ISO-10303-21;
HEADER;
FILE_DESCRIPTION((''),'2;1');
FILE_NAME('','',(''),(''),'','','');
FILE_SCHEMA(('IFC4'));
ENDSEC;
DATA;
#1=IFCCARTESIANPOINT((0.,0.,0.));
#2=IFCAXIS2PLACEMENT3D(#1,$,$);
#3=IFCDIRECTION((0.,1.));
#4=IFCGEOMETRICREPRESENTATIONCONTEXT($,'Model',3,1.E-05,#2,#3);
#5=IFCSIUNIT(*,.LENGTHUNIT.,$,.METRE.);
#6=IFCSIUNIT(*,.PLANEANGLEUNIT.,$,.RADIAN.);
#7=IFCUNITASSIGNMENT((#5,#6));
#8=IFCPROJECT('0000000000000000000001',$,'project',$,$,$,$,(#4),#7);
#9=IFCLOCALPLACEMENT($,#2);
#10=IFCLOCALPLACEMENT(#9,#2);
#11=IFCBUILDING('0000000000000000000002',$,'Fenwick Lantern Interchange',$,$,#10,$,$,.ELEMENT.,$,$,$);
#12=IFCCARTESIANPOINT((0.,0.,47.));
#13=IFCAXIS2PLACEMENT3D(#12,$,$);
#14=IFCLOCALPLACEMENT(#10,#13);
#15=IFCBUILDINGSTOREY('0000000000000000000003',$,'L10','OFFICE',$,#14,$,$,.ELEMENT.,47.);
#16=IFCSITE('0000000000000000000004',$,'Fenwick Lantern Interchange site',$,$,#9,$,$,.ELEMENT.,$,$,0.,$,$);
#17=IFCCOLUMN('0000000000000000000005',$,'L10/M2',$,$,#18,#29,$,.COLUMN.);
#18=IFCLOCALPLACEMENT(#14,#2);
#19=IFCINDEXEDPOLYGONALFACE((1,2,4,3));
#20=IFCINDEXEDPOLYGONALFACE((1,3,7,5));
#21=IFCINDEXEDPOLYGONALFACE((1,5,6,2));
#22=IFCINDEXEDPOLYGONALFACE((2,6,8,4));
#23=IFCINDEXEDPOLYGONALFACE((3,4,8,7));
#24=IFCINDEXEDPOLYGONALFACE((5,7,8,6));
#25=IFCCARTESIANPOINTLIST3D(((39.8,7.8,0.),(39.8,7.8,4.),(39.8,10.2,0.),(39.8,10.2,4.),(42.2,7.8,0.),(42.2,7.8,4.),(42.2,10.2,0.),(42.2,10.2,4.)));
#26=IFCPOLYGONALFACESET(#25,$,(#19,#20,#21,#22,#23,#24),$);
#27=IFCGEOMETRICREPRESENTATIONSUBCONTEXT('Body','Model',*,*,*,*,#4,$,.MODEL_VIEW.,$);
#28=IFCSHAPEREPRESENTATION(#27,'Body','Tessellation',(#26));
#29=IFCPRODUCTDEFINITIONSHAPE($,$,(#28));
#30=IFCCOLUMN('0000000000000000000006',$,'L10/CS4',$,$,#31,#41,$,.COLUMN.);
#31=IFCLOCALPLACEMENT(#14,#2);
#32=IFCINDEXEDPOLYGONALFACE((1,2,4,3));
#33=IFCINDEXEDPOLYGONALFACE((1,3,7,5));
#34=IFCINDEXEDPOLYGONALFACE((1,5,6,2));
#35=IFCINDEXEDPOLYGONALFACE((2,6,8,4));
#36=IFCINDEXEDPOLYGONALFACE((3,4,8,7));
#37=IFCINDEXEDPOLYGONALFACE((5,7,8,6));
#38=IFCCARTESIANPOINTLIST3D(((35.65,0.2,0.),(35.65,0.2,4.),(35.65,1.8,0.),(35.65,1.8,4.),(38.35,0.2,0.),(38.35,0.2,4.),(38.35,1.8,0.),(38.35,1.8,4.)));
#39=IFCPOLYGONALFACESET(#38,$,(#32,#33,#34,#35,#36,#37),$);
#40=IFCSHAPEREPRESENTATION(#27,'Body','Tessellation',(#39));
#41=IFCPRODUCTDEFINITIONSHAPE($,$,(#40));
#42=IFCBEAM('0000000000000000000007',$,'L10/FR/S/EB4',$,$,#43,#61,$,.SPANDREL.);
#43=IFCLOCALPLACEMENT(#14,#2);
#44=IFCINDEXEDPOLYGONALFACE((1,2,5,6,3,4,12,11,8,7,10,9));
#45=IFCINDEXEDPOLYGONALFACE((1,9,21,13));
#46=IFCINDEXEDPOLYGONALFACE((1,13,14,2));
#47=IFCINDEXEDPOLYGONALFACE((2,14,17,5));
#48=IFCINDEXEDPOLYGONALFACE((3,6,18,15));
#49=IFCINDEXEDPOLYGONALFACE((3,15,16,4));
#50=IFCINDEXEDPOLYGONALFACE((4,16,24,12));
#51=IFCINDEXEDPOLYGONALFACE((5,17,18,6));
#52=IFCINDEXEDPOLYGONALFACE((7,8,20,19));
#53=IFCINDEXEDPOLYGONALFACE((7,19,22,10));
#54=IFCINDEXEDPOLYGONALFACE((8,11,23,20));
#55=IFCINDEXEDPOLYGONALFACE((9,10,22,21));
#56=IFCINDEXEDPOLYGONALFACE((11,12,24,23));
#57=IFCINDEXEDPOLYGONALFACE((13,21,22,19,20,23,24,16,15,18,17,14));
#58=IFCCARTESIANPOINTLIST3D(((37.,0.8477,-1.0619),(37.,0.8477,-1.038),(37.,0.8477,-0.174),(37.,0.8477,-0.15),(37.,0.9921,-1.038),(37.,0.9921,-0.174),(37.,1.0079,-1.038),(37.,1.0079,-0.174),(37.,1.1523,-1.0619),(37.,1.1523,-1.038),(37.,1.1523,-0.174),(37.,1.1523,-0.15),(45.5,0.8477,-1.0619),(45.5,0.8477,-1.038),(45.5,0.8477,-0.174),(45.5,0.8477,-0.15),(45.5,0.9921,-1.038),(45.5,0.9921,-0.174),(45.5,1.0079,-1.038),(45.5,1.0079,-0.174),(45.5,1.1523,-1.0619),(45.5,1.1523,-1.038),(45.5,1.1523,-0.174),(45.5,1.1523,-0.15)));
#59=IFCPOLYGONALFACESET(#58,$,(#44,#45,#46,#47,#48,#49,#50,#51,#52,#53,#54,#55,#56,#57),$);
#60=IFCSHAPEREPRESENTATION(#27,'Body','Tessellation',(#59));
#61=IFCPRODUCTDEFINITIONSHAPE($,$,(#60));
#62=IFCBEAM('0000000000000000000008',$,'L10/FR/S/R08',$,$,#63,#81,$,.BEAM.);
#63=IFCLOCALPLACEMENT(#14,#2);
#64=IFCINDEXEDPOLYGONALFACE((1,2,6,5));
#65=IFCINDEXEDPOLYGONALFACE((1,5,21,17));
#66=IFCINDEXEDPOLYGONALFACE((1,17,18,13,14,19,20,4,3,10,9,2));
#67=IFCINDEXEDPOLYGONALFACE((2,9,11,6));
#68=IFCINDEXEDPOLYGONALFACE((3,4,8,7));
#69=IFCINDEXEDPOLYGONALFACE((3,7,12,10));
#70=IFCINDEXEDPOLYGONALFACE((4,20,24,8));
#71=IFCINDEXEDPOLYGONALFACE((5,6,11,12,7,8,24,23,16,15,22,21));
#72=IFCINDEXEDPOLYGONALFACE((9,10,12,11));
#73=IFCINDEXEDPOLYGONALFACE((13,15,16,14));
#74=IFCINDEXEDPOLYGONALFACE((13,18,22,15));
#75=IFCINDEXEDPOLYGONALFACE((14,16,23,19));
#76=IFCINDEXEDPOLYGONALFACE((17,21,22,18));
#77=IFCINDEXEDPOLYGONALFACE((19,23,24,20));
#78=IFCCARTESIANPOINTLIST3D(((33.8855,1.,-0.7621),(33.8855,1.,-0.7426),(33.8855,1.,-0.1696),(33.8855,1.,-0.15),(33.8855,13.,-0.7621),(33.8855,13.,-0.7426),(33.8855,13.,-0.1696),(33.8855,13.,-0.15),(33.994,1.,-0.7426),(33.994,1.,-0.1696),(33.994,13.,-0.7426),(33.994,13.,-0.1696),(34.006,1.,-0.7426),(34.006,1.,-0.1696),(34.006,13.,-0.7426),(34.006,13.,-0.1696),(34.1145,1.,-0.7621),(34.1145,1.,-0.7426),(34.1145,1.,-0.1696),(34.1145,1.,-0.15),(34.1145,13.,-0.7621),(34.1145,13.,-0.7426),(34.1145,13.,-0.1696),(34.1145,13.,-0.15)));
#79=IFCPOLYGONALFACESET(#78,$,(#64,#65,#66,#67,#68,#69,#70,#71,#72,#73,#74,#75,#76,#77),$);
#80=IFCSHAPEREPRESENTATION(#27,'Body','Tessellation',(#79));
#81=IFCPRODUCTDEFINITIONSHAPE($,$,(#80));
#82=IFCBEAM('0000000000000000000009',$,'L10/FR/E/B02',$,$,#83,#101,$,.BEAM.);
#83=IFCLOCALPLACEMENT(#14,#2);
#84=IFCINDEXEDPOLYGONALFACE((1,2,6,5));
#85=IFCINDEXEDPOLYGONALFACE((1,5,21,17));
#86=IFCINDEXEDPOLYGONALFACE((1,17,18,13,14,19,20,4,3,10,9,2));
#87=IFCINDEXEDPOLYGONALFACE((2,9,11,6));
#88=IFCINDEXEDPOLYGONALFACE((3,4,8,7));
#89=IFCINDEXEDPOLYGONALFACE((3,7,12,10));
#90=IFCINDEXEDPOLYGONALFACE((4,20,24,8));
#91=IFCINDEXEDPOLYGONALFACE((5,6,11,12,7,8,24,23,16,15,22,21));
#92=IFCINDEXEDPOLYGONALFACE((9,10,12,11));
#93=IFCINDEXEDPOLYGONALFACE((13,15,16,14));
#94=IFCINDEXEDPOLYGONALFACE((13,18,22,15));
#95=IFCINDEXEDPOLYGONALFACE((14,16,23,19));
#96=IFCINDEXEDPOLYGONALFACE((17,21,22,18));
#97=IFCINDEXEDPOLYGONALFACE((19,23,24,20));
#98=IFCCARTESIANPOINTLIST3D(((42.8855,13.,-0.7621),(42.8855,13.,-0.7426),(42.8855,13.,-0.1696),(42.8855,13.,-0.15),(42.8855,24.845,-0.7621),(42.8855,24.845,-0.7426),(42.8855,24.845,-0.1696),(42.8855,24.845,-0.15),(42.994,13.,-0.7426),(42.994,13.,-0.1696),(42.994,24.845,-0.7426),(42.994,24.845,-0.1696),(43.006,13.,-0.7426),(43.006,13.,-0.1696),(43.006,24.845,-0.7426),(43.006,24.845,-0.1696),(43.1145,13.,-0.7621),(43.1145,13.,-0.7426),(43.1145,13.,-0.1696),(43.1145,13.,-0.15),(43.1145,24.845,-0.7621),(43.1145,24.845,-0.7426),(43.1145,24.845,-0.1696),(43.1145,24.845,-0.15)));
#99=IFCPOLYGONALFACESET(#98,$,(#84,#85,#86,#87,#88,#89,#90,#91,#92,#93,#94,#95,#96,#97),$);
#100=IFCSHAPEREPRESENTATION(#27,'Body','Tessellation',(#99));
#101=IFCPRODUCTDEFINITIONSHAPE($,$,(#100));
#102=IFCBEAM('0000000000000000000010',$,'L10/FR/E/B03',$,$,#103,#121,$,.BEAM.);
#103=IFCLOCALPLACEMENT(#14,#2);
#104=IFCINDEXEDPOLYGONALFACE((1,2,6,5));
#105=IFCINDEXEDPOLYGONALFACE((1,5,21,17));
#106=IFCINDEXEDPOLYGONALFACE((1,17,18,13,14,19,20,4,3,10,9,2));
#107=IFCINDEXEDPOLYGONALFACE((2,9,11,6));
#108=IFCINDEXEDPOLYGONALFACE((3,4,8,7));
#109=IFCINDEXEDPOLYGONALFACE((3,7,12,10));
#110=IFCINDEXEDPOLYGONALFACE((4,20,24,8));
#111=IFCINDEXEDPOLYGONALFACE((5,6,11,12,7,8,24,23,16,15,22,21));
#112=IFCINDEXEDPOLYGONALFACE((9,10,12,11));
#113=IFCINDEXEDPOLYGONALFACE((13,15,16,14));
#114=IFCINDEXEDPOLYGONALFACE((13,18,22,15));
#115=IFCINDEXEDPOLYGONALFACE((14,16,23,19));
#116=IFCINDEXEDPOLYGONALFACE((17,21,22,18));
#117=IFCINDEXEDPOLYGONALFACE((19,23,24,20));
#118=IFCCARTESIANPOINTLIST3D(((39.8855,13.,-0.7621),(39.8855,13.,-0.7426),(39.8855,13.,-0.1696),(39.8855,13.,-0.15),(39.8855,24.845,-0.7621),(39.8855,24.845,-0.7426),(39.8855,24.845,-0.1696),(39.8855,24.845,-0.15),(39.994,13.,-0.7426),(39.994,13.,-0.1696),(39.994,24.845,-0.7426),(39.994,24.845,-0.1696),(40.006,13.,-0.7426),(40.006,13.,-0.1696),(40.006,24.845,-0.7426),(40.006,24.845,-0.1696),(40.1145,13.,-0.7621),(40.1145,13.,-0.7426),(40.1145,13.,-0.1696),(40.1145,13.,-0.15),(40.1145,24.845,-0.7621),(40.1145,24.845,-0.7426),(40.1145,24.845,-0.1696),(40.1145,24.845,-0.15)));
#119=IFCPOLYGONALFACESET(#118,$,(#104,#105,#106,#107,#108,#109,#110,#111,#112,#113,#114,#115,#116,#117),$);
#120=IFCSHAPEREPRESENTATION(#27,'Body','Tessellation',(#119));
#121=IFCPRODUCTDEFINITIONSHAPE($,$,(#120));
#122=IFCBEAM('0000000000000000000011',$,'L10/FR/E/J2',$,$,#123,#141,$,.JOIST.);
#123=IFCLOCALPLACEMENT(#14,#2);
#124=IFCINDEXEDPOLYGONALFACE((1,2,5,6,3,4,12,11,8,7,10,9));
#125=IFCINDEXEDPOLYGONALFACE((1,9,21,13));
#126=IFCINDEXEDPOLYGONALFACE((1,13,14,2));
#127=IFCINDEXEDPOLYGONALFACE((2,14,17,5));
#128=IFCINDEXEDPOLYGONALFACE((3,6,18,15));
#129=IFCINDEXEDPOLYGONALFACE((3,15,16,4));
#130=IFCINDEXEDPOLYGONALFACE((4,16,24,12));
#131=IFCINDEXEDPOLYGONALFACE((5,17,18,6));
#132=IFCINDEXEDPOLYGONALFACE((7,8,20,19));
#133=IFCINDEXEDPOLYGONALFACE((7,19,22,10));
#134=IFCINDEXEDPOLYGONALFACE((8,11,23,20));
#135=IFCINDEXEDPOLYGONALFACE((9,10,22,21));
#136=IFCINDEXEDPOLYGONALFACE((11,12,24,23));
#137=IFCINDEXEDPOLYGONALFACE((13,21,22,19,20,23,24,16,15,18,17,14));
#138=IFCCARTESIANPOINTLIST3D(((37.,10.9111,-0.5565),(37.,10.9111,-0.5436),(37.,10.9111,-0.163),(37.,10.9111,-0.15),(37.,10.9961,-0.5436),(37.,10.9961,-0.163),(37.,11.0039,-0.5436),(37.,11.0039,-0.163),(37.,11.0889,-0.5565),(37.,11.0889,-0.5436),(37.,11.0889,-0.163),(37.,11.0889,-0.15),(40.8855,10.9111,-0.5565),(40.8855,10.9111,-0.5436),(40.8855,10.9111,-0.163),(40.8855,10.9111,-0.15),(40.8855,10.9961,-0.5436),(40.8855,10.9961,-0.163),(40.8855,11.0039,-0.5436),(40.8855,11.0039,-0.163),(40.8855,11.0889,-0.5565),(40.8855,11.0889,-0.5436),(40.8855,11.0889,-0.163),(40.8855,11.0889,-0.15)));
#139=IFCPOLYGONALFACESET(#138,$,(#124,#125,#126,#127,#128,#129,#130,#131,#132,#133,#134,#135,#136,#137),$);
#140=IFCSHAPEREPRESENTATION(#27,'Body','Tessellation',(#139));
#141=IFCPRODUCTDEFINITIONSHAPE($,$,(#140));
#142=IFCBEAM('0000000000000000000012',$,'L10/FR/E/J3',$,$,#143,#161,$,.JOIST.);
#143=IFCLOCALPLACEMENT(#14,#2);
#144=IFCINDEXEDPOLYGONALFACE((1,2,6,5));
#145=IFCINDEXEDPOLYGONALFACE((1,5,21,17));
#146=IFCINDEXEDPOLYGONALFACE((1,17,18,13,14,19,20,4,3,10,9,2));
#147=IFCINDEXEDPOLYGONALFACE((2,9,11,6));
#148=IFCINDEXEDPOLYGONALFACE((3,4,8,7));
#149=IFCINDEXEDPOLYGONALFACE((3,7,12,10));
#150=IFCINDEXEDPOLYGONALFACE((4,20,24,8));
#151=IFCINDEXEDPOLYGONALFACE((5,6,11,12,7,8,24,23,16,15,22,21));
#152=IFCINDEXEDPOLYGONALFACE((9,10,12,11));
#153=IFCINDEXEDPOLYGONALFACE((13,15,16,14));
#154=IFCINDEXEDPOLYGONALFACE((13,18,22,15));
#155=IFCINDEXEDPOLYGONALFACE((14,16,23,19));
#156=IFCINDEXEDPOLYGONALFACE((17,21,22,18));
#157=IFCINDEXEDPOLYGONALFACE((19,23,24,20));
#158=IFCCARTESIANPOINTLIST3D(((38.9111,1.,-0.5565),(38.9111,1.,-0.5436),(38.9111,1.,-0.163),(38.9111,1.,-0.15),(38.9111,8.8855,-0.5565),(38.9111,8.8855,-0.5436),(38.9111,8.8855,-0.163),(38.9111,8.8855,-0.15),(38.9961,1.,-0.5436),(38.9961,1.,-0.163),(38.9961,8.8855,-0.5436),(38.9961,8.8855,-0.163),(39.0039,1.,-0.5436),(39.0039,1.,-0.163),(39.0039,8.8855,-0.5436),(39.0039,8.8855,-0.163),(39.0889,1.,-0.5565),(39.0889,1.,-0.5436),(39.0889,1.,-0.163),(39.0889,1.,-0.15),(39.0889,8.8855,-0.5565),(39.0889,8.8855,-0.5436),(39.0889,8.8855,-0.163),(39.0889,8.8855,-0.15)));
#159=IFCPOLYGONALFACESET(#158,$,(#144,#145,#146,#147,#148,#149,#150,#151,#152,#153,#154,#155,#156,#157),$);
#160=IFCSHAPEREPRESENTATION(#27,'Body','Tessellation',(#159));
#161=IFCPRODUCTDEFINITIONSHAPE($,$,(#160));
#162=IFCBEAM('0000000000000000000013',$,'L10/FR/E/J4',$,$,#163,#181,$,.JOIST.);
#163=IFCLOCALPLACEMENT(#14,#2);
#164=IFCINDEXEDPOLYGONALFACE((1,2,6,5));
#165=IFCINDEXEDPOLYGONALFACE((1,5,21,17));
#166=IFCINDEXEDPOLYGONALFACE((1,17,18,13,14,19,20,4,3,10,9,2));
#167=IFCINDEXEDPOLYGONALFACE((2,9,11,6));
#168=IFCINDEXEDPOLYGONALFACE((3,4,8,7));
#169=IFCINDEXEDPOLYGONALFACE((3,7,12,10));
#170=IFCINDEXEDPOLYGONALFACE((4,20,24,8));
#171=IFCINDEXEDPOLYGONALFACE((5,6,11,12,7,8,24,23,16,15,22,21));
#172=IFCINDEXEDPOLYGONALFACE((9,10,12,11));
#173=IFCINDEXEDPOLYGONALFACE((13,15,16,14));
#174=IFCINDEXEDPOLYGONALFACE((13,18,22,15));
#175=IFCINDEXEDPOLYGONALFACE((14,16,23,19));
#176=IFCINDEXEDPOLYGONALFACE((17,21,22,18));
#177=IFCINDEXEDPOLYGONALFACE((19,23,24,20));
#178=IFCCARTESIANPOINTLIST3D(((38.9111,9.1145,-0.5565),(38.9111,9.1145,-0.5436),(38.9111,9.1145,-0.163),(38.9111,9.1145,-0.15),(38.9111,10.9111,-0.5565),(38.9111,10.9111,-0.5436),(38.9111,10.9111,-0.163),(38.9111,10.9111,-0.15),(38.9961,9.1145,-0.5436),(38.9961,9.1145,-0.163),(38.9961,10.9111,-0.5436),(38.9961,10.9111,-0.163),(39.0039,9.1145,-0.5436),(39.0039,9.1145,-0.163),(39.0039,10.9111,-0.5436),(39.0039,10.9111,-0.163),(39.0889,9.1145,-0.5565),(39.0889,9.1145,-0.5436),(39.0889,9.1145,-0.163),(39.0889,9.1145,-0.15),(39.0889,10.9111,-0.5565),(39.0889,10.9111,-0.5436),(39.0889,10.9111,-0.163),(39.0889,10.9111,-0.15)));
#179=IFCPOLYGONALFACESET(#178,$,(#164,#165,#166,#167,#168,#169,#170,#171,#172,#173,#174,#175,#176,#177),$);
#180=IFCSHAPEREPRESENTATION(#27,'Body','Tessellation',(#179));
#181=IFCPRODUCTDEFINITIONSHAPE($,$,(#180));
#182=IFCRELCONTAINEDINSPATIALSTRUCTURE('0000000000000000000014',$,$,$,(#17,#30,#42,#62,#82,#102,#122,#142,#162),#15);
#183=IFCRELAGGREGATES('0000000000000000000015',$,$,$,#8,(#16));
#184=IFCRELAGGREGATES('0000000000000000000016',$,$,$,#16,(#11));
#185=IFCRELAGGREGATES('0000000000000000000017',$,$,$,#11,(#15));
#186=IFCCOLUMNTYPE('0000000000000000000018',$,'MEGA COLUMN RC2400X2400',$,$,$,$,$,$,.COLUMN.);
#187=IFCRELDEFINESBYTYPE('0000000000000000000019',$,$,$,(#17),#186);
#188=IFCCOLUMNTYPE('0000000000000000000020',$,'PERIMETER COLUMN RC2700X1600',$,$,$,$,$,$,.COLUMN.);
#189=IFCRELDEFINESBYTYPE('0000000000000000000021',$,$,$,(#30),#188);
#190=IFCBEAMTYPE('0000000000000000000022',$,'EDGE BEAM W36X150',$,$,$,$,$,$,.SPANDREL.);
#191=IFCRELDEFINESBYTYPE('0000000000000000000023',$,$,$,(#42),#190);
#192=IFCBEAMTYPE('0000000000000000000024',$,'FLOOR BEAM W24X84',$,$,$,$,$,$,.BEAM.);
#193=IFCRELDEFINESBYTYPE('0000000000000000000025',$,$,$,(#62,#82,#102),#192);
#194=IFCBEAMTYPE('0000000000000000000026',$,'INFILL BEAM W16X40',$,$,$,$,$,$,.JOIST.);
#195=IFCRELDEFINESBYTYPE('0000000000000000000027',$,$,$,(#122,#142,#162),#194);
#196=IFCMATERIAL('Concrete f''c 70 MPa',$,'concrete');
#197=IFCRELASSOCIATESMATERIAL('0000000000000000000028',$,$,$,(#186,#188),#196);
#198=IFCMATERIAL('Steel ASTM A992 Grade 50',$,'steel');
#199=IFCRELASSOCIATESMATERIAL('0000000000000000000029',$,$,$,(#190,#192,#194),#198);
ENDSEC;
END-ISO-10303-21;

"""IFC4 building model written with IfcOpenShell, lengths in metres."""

from ifc_helpers import new_model, si_unit, direction, frame, origin, origin_2d, place, context, subcontext, project, spatial, rectangle, i_section, extrude, material, material_profile, profile_set, type_object, element, save


model = new_model("IFC4")

# Units and contexts
model_context = context("Model", 3, precision=1e-05, world=origin(), true_north=direction((0.0, 1.0)))
body_context = subcontext(model_context, "Body", "Model", "MODEL_VIEW")
ifc_project = project(units=[si_unit("LENGTHUNIT", "METRE"), si_unit("PLANEANGLEUNIT", "RADIAN")], contexts=[model_context])

# Site, building, storey
site_placement = place(None, origin())
site = spatial("IfcSite", under=ifc_project, at=site_placement, Name="Fenwick Lantern Interchange site", CompositionType="ELEMENT", RefElevation=0.0)
building_placement = place(site_placement, origin())
building = spatial("IfcBuilding", under=site, at=building_placement, Name="Fenwick Lantern Interchange", CompositionType="ELEMENT")
storey_placement = place(building_placement, frame((0.0, 0.0, 47.0)))
storey = spatial("IfcBuildingStorey", under=building, at=storey_placement, Name="L10", Description="OFFICE", CompositionType="ELEMENT", Elevation=47.0)

# Columns
ifc_material_1 = material(Name="Concrete f'c 70 MPa", Category="concrete")
ifc_material_profile_1 = material_profile(ifc_material_1, rectangle(XDim=2.3999, YDim=2.3999, at=origin_2d()), Name="RC2400X2400")
ifc_profile_set_1 = profile_set([ifc_material_profile_1], Name="Concrete f'c 70 MPa")
column_type_1 = type_object("IfcColumnType", Name="MEGA COLUMN RC2400X2400", PredefinedType="COLUMN", material=ifc_profile_set_1)
column_1_placement = place(storey_placement, frame((41.0, 9.0, 0.0), z_axis=(0.0, 0.0, 1.0), x_axis=(1.0, 0.0, 0.0)))
element("IfcColumn", 1, at=column_1_placement, inside=storey, type_object=column_type_1, Name="L10/M2", PredefinedType="COLUMN", context=body_context, shape_type="SweptSolid", body=[
    extrude(rectangle(XDim=2.3999, YDim=2.3999, at=origin_2d()), origin(), (0.0, 0.0, 1.0), 4.0),
])
ifc_material_profile_2 = material_profile(ifc_material_1, rectangle(XDim=2.7, YDim=1.6001, at=origin_2d()), Name="RC2700X1600")
ifc_profile_set_2 = profile_set([ifc_material_profile_2], Name="Concrete f'c 70 MPa")
column_type_2 = type_object("IfcColumnType", Name="PERIMETER COLUMN RC2700X1600", PredefinedType="COLUMN", material=ifc_profile_set_2)
column_2_placement = place(storey_placement, frame((37.0, 1.0, 0.0), z_axis=(0.0, 0.0, 1.0), x_axis=(1.0, 0.0, 0.0)))
element("IfcColumn", 2, at=column_2_placement, inside=storey, type_object=column_type_2, Name="L10/CS4", PredefinedType="COLUMN", context=body_context, shape_type="SweptSolid", body=[
    extrude(rectangle(XDim=2.7, YDim=1.6001, at=origin_2d()), origin(), (0.0, 0.0, 1.0), 4.0),
])

# Beams
ifc_material_2 = material(Name="Steel ASTM A992 Grade 50", Category="steel")
ifc_material_profile_3 = material_profile(ifc_material_2, i_section(OverallWidth=0.3047, OverallDepth=0.9119, WebThickness=0.0159, FlangeThickness=0.0239, at=origin_2d()), Name="W36X150")
ifc_profile_set_3 = profile_set([ifc_material_profile_3], Name="Steel ASTM A992 Grade 50")
beam_type_1 = type_object("IfcBeamType", Name="EDGE BEAM W36X150", PredefinedType="SPANDREL", material=ifc_profile_set_3)
beam_1_placement = place(storey_placement, frame((37.0, 1.0, -0.606), z_axis=(1.0, 0.0, 0.0), x_axis=(0.0, 1.0, 0.0)))
element("IfcBeam", 3, at=beam_1_placement, inside=storey, type_object=beam_type_1, Name="L10/FR/S/EB4", PredefinedType="SPANDREL", context=body_context, shape_type="SweptSolid", body=[
    extrude(i_section(OverallWidth=0.3047, OverallDepth=0.9119, WebThickness=0.0159, FlangeThickness=0.0239, at=origin_2d()), origin(), (0.0, 0.0, 1.0), 8.5),
])
ifc_material_profile_4 = material_profile(ifc_material_2, i_section(OverallWidth=0.229, OverallDepth=0.6121, WebThickness=0.012, FlangeThickness=0.0195, at=origin_2d()), Name="W24X84")
ifc_profile_set_4 = profile_set([ifc_material_profile_4], Name="Steel ASTM A992 Grade 50")
beam_type_2 = type_object("IfcBeamType", Name="FLOOR BEAM W24X84", PredefinedType="BEAM", material=ifc_profile_set_4)
beam_2_placement = place(storey_placement, frame((34.0, 1.0, -0.4561), z_axis=(0.0, 1.0, 0.0), x_axis=(-1.0, 0.0, 0.0)))
element("IfcBeam", 4, at=beam_2_placement, inside=storey, type_object=beam_type_2, Name="L10/FR/S/R08", PredefinedType="BEAM", context=body_context, shape_type="SweptSolid", body=[
    extrude(i_section(OverallWidth=0.229, OverallDepth=0.6121, WebThickness=0.012, FlangeThickness=0.0195, at=origin_2d()), origin(), (0.0, 0.0, 1.0), 12.0),
])
for number, where, z_axis, x_axis, name in (
    (5, (43.0, 13.0, -0.4561), (0.0, 1.0, 0.0), (-1.0, 0.0, 0.0), "L10/FR/E/B02"),
    (6, (40.0, 13.0, -0.4561), (0.0, 1.0, 0.0), (-1.0, 0.0, 0.0), "L10/FR/E/B03"),
):
    element("IfcBeam", number, at=place(storey_placement, frame(where, z_axis=z_axis, x_axis=x_axis)), inside=storey, type_object=beam_type_2, Name=name, PredefinedType="BEAM", context=body_context, shape_type="SweptSolid", body=[
        extrude(i_section(OverallWidth=0.229, OverallDepth=0.6121, WebThickness=0.012, FlangeThickness=0.0195, at=origin_2d()), origin(), (0.0, 0.0, 1.0), 11.845),
    ])
ifc_material_profile_5 = material_profile(ifc_material_2, i_section(OverallWidth=0.1777, OverallDepth=0.4065, WebThickness=0.0078, FlangeThickness=0.0129, at=origin_2d()), Name="W16X40")
ifc_profile_set_5 = profile_set([ifc_material_profile_5], Name="Steel ASTM A992 Grade 50")
beam_type_3 = type_object("IfcBeamType", Name="INFILL BEAM W16X40", PredefinedType="JOIST", material=ifc_profile_set_5)
beam_3_placement = place(storey_placement, frame((40.8855, 11.0, -0.3533), z_axis=(-1.0, 0.0, 0.0), x_axis=(0.0, -1.0, 0.0)))
element("IfcBeam", 7, at=beam_3_placement, inside=storey, type_object=beam_type_3, Name="L10/FR/E/J2", PredefinedType="JOIST", context=body_context, shape_type="SweptSolid", body=[
    extrude(i_section(OverallWidth=0.1777, OverallDepth=0.4065, WebThickness=0.0078, FlangeThickness=0.0129, at=origin_2d()), origin(), (0.0, 0.0, 1.0), 3.8855),
])
beam_4_placement = place(storey_placement, frame((39.0, 1.0, -0.3533), z_axis=(0.0, 1.0, 0.0), x_axis=(-1.0, 0.0, 0.0)))
element("IfcBeam", 8, at=beam_4_placement, inside=storey, type_object=beam_type_3, Name="L10/FR/E/J3", PredefinedType="JOIST", context=body_context, shape_type="SweptSolid", body=[
    extrude(i_section(OverallWidth=0.1777, OverallDepth=0.4065, WebThickness=0.0078, FlangeThickness=0.0129, at=origin_2d()), origin(), (0.0, 0.0, 1.0), 7.8855),
])
beam_5_placement = place(storey_placement, frame((39.0, 9.1145, -0.3533), z_axis=(0.0, 1.0, 0.0), x_axis=(-1.0, 0.0, 0.0)))
element("IfcBeam", 9, at=beam_5_placement, inside=storey, type_object=beam_type_3, Name="L10/FR/E/J4", PredefinedType="JOIST", context=body_context, shape_type="SweptSolid", body=[
    extrude(i_section(OverallWidth=0.1777, OverallDepth=0.4065, WebThickness=0.0078, FlangeThickness=0.0129, at=origin_2d()), origin(), (0.0, 0.0, 1.0), 1.7966),
])

save(model, "model.ifc")
